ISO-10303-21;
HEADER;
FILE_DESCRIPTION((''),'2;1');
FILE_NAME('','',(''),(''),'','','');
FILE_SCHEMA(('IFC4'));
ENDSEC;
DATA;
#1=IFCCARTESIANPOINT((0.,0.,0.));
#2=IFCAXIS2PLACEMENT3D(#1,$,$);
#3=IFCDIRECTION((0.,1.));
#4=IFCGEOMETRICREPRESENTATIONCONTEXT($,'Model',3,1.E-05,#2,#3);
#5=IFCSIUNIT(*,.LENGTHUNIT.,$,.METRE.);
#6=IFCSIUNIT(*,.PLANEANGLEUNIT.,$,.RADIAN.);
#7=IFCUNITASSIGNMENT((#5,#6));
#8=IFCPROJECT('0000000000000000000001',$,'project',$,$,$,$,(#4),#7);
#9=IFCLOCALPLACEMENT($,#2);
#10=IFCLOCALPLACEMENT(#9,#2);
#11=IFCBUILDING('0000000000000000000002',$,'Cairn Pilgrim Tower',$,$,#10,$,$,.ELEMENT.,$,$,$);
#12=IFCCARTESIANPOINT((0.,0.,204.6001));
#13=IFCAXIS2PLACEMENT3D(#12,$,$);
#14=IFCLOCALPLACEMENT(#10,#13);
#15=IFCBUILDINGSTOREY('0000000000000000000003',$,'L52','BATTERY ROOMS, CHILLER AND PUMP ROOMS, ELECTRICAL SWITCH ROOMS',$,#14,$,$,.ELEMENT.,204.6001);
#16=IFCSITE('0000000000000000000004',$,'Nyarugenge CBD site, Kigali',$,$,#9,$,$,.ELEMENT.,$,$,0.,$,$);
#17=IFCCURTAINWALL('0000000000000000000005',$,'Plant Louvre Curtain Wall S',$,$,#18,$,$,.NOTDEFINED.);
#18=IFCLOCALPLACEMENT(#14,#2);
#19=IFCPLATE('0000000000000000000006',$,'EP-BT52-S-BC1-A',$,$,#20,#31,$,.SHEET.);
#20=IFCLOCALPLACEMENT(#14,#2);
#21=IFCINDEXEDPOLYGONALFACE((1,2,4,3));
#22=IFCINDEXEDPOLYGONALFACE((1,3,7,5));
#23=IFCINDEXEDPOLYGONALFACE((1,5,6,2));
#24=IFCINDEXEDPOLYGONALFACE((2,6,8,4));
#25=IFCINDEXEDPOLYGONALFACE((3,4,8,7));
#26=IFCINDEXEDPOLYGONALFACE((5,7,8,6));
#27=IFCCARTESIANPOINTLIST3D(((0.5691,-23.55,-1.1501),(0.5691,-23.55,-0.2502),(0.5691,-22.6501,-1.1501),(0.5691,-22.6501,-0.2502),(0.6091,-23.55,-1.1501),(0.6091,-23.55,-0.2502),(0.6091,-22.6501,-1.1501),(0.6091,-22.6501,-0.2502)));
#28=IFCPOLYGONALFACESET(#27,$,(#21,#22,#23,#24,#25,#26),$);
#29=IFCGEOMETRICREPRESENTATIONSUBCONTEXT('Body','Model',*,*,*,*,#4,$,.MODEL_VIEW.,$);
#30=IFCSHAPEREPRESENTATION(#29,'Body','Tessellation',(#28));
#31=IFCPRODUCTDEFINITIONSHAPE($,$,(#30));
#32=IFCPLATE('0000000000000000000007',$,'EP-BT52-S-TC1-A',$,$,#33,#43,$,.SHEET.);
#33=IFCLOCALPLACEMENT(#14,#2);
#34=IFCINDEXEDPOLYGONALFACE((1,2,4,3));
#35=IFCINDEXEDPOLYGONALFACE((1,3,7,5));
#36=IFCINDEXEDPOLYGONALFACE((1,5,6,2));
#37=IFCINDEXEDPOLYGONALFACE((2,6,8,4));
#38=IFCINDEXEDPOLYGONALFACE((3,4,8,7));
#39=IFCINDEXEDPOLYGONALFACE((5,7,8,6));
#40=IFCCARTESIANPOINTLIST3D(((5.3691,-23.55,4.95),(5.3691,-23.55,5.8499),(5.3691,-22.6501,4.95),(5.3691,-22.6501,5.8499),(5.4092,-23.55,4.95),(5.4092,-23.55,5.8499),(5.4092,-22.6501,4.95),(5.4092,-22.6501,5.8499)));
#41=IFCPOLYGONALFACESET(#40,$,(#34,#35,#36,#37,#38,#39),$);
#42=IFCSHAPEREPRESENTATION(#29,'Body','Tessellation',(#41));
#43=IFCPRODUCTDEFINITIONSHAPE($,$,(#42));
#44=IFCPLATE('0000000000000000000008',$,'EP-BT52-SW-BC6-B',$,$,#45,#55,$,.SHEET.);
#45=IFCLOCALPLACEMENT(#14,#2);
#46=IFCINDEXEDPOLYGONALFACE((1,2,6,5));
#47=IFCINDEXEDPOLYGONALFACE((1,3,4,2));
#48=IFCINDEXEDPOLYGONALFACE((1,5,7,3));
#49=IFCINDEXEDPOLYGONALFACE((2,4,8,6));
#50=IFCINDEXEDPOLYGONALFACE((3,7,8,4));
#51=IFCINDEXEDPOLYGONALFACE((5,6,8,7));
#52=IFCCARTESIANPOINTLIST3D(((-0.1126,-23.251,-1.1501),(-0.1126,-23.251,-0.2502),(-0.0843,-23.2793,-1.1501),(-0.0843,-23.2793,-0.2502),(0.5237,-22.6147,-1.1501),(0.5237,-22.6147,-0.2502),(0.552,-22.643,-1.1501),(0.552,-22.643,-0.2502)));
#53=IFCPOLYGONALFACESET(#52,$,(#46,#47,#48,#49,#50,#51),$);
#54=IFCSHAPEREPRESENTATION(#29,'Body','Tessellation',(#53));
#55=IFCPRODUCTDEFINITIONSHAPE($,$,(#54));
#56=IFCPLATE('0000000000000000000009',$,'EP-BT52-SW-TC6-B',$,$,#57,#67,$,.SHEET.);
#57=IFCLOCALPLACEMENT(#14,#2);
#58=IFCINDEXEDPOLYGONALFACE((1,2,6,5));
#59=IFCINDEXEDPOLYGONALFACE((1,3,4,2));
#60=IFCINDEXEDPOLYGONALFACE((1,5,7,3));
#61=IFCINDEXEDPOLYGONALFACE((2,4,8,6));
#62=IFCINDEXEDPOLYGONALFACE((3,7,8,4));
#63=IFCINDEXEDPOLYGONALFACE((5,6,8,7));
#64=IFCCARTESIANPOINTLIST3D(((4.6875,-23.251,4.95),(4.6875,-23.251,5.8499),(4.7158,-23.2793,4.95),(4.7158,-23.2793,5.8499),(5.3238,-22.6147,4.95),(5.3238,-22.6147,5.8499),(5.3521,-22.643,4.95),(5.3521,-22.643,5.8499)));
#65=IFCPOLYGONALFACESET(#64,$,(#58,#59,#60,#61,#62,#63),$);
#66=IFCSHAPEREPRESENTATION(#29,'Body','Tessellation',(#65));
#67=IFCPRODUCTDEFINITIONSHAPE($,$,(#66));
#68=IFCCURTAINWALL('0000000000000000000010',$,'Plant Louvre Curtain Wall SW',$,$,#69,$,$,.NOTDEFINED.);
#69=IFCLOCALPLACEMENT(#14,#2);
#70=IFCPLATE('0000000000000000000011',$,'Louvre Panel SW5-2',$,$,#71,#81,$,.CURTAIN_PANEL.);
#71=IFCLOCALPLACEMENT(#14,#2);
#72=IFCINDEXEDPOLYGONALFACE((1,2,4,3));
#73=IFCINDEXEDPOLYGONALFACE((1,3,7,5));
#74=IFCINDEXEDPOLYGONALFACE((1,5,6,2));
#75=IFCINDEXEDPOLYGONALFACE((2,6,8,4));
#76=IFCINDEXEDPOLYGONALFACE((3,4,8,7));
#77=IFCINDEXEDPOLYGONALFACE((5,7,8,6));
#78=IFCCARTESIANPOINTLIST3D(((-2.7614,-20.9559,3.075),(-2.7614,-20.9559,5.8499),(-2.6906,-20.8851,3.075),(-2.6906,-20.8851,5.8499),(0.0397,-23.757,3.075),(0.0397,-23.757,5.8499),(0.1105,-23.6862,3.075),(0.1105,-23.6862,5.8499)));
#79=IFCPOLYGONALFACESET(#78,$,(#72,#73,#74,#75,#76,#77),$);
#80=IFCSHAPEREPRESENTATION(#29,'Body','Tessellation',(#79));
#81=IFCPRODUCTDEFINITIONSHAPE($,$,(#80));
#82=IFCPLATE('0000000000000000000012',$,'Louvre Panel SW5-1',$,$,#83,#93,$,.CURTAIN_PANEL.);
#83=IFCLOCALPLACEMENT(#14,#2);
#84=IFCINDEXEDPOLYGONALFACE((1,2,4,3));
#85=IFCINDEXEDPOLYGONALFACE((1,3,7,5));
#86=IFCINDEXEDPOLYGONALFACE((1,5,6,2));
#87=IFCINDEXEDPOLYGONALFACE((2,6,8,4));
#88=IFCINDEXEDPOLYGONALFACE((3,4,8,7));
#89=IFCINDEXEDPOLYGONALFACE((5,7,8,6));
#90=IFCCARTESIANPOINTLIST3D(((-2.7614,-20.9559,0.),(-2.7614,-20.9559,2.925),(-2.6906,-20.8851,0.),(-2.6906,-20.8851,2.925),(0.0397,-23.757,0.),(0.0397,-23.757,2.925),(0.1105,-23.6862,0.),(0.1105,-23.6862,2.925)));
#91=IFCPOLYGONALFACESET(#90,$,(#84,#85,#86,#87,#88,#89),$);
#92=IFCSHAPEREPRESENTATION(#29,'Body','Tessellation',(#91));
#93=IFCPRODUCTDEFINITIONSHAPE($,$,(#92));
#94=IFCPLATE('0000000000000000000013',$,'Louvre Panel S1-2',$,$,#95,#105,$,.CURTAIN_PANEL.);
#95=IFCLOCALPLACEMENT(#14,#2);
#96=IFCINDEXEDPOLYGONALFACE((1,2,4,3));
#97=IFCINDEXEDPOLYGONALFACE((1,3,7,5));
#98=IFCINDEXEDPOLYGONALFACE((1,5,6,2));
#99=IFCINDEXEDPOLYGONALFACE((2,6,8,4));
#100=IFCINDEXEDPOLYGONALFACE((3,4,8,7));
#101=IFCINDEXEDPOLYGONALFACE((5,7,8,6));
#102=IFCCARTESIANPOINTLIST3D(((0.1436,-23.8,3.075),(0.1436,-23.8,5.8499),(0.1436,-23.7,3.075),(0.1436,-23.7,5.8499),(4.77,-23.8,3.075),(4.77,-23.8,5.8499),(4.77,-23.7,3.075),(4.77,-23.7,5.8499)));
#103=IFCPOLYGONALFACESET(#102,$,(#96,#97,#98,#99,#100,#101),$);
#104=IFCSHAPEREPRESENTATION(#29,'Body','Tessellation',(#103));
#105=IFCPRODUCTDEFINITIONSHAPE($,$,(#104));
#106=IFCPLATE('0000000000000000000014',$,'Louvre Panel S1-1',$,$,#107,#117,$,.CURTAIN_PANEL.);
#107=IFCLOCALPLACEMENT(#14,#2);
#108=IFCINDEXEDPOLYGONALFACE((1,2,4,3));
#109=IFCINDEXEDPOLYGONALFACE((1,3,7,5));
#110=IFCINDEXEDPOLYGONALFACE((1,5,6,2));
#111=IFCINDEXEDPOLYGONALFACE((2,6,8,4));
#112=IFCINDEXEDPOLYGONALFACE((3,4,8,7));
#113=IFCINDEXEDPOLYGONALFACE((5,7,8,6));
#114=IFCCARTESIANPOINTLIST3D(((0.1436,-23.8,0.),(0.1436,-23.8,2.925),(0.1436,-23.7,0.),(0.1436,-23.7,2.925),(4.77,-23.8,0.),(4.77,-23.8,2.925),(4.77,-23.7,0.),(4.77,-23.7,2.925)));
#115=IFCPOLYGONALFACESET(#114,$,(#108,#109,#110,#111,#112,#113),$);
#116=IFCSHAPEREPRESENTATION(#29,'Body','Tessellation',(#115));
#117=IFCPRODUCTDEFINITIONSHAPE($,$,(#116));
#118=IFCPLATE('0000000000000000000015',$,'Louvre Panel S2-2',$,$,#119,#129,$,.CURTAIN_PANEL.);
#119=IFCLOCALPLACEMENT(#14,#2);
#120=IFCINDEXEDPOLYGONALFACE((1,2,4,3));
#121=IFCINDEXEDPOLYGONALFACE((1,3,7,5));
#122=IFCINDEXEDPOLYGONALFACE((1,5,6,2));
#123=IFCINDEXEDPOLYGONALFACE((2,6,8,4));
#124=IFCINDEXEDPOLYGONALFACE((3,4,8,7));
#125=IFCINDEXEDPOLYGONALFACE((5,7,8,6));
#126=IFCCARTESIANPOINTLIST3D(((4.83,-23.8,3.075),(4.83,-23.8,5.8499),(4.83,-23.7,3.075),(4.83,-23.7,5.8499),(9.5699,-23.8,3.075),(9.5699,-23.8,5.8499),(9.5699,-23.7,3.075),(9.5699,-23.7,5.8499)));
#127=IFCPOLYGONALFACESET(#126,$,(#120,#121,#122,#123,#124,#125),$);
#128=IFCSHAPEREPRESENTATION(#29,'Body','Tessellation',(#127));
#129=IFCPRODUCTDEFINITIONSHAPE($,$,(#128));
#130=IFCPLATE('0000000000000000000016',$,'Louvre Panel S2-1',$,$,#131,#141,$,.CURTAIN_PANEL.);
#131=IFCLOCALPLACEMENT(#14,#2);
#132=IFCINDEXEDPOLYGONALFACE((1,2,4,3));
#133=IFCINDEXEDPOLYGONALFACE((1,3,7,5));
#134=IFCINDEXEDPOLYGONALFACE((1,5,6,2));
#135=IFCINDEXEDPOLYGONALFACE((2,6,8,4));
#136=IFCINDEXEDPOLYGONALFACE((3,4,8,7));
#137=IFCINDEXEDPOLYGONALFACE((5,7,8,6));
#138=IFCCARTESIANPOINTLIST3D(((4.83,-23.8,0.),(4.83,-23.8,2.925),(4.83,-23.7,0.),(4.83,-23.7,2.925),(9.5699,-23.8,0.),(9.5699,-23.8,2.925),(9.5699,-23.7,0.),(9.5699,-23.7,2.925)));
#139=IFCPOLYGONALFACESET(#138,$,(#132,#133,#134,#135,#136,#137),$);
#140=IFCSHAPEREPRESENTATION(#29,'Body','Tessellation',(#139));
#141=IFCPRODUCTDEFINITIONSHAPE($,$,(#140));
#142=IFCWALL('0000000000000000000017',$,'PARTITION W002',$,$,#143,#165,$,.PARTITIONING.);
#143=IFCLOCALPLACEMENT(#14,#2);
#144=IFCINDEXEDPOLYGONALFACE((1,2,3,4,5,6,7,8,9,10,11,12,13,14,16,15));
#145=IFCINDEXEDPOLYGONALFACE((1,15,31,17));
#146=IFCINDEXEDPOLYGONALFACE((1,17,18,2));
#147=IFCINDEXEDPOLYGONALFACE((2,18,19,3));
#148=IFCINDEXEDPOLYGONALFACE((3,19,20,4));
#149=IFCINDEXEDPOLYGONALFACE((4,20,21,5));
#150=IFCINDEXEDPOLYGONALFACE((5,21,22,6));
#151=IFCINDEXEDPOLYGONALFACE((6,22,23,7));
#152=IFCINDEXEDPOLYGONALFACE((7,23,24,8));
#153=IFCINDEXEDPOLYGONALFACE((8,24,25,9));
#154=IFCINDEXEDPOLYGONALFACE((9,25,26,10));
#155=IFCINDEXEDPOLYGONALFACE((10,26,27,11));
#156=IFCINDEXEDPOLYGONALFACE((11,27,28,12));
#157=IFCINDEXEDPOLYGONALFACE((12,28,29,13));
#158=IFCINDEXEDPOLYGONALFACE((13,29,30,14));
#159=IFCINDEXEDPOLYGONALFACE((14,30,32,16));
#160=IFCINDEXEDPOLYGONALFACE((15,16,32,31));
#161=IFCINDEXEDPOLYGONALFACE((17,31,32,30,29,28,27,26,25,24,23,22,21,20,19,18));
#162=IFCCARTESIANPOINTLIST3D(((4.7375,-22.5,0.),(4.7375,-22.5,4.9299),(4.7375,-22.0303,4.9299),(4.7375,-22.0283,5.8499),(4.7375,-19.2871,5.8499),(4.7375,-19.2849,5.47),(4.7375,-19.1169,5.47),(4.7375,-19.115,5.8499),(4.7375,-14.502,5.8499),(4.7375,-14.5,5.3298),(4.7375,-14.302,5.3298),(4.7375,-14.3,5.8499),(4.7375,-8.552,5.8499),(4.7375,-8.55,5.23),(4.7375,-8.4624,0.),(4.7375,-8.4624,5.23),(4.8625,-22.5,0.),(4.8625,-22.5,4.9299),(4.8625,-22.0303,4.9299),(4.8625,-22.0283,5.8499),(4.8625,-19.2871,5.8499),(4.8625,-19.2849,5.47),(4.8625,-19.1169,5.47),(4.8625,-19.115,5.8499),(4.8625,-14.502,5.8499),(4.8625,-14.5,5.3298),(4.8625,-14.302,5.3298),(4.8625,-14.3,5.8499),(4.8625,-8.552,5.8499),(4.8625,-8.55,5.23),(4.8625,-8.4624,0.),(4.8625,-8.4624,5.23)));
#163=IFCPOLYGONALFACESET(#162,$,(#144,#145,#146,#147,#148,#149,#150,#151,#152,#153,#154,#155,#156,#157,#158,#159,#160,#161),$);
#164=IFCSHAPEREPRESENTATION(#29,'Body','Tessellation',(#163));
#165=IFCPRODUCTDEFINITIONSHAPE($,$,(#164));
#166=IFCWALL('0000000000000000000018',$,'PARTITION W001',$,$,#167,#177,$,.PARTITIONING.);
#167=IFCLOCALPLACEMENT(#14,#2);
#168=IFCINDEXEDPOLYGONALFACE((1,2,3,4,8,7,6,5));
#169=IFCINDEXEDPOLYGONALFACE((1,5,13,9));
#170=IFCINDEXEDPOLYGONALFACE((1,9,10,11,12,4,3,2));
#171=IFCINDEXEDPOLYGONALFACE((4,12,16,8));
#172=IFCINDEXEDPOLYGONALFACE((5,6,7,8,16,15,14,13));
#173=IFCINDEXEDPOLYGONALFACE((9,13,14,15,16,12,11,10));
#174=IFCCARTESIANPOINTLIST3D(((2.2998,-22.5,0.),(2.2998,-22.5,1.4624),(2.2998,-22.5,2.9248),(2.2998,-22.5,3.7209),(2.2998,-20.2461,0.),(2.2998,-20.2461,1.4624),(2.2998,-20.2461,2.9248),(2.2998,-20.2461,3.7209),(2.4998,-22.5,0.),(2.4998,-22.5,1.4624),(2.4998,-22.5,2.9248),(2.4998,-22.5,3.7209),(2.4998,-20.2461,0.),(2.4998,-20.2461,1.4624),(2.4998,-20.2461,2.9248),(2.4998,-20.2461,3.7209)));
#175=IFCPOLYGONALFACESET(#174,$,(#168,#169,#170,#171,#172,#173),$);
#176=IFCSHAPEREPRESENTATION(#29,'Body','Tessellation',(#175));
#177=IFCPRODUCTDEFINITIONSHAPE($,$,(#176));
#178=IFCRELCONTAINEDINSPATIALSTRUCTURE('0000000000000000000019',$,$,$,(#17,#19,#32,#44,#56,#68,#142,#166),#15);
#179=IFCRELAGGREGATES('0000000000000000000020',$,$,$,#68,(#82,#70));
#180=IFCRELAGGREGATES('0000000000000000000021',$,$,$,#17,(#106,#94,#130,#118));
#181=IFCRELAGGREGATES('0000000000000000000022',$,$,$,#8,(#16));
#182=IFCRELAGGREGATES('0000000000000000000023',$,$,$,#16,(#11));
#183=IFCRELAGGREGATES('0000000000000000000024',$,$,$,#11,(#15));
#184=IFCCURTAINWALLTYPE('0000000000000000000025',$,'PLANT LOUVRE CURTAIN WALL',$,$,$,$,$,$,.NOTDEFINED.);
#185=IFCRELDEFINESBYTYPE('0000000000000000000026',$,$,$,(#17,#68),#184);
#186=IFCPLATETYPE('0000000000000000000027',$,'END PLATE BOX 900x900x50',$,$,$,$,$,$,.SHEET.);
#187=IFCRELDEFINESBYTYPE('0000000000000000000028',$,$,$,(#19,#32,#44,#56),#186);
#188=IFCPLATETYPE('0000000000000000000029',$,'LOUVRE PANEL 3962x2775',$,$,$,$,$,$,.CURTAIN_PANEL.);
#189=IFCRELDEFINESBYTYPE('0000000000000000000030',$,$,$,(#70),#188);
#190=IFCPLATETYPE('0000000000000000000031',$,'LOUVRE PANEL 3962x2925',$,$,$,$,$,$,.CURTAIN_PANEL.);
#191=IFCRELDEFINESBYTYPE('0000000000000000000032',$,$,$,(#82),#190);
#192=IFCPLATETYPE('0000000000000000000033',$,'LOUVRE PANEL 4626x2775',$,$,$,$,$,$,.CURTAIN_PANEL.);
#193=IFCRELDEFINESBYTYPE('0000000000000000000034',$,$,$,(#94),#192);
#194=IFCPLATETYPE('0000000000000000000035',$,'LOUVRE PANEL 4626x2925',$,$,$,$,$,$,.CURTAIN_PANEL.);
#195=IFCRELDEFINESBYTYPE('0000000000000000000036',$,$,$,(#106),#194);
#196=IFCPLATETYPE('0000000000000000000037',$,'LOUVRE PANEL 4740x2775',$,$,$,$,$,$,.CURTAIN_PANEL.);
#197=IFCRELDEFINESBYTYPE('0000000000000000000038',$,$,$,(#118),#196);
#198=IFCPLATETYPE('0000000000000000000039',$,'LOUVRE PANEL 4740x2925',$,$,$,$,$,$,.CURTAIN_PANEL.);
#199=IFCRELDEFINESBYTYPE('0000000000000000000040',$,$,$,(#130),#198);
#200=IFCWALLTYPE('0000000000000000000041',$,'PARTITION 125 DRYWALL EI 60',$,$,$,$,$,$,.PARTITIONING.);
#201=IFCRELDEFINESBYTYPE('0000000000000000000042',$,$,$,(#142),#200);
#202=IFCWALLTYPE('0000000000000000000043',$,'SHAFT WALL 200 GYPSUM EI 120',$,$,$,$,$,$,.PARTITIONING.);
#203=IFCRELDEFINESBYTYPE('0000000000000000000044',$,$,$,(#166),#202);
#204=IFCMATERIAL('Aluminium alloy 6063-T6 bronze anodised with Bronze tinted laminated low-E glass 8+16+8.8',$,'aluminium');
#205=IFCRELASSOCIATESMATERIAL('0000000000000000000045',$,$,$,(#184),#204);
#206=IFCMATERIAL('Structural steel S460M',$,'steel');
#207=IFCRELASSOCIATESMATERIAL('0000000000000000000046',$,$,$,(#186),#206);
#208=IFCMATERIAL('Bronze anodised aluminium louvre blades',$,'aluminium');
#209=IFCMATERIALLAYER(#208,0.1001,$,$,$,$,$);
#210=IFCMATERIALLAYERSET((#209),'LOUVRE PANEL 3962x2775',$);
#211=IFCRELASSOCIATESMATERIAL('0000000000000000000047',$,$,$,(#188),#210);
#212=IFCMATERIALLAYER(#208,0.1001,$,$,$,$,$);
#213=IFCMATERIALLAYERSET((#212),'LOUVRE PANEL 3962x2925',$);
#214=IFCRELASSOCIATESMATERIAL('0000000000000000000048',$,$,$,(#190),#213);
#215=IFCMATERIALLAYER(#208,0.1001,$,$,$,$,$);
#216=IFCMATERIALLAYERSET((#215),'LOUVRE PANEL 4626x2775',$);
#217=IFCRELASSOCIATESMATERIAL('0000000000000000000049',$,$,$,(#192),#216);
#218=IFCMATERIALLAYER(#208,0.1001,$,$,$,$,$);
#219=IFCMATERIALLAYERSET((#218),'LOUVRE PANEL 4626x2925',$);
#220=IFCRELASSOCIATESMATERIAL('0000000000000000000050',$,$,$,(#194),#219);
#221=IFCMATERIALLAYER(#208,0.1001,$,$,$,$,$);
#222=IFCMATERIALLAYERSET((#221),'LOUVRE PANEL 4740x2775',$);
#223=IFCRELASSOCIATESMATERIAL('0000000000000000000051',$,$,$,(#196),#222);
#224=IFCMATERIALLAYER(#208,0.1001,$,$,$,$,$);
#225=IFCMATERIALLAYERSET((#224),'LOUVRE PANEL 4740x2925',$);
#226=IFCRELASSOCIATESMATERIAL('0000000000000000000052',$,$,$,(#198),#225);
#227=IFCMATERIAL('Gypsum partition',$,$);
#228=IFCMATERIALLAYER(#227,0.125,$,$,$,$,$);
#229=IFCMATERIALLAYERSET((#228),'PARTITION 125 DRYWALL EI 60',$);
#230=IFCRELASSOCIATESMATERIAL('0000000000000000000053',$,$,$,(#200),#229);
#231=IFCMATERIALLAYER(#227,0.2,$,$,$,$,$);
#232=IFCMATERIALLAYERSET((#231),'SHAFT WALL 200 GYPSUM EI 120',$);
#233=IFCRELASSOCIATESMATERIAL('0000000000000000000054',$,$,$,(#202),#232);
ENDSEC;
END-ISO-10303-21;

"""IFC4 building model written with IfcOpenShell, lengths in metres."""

from ifc_helpers import new_model, si_unit, direction, frame, origin, origin_2d, place, context, subcontext, project, spatial, polyline, rectangle, outline, extrude, material, layer, layer_set, material_profile, profile_set, type_object, element, aggregate, save


model = new_model("IFC4")

# Units and contexts
model_context = context("Model", 3, precision=1e-05, world=origin(), true_north=direction((0.0, 1.0)))
body_context = subcontext(model_context, "Body", "Model", "MODEL_VIEW")
ifc_project = project(units=[si_unit("LENGTHUNIT", "METRE"), si_unit("PLANEANGLEUNIT", "RADIAN")], contexts=[model_context])

# Site, building, storey
site_placement = place(None, origin())
site = spatial("IfcSite", under=ifc_project, at=site_placement, Name="Nyarugenge CBD site, Kigali", CompositionType="ELEMENT", RefElevation=0.0)
building_placement = place(site_placement, origin())
building = spatial("IfcBuilding", under=site, at=building_placement, Name="Cairn Pilgrim Tower", CompositionType="ELEMENT")
storey_placement = place(building_placement, frame((0.0, 0.0, 204.6001)))
storey = spatial("IfcBuildingStorey", under=building, at=storey_placement, Name="L52", Description="BATTERY ROOMS, CHILLER AND PUMP ROOMS, ELECTRICAL SWITCH ROOMS", CompositionType="ELEMENT", Elevation=204.6001)

# Shared definitions
ifc_material_1 = material(Name="Structural steel S460M", Category="steel")

# Curtain wall
ifc_material_2 = material(Name="Aluminium alloy 6063-T6 bronze anodised with Bronze tinted laminated low-E glass 8+16+8.8", Category="aluminium")
curtain_wall_type = type_object("IfcCurtainWallType", Name="PLANT LOUVRE CURTAIN WALL", PredefinedType="NOTDEFINED", material=ifc_material_2)
curtain_wall_1_placement = place(storey_placement, origin())
curtain_wall_1 = element("IfcCurtainWall", 1, at=curtain_wall_1_placement, inside=storey, type_object=curtain_wall_type, Name="Plant Louvre Curtain Wall S", PredefinedType="NOTDEFINED")

# Plates
ifc_material_profile_1 = material_profile(ifc_material_1, rectangle(XDim=0.8999, YDim=0.8999, at=origin_2d()), Name="END PLATE BOX 900x900x50")
ifc_profile_set_1 = profile_set([ifc_material_profile_1], Name="Structural steel S460M")
plate_type_1 = type_object("IfcPlateType", Name="END PLATE BOX 900x900x50", PredefinedType="SHEET", material=ifc_profile_set_1)
for number, where, z_axis, x_axis, name in (
    (2, (0.6091, -23.1001, -0.7002), (-1.0, 0.0, 0.0), (0.0, -1.0, 0.0), "EP-BT52-S-BC1-A"),
    (3, (5.4092, -23.1001, 5.3999), (-1.0, 0.0, 0.0), (0.0, -1.0, 0.0), "EP-BT52-S-TC1-A"),
    (4, (0.2056, -22.9329, -0.7002), (0.707107, -0.707107, 0.0), (0.707107, 0.707107, 0.0), "EP-BT52-SW-BC6-B"),
    (5, (5.0056, -22.9329, 5.3999), (0.707107, -0.707107, 0.0), (0.707107, 0.707107, 0.0), "EP-BT52-SW-TC6-B"),
):
    element("IfcPlate", number, at=place(storey_placement, frame(where, z_axis=z_axis, x_axis=x_axis)), inside=storey, type_object=plate_type_1, Name=name, PredefinedType="SHEET", context=body_context, shape_type="SweptSolid", body=[
        extrude(rectangle(XDim=0.8999, YDim=0.8999, at=origin_2d()), origin(), (0.0, 0.0, 1.0), 0.04),
    ])

# Curtain wall, plates
curtain_wall_2_placement = place(storey_placement, origin())
curtain_wall_2 = element("IfcCurtainWall", 6, at=curtain_wall_2_placement, inside=storey, type_object=curtain_wall_type, Name="Plant Louvre Curtain Wall SW", PredefinedType="NOTDEFINED")
ifc_material_3 = material(Name="Bronze anodised aluminium louvre blades", Category="aluminium")
ifc_layer_1 = layer(ifc_material_3, 0.1001)
ifc_layer_set_1 = layer_set([ifc_layer_1], Name="LOUVRE PANEL 3962x2775")
plate_type_2 = type_object("IfcPlateType", Name="LOUVRE PANEL 3962x2775", PredefinedType="CURTAIN_PANEL", material=ifc_layer_set_1)
plate_1_placement = place(storey_placement, frame((-1.3254, -22.321, 3.075), z_axis=(0.0, 0.0, 1.0), x_axis=(0.707107, -0.707107, 0.0)))
plate_1 = element("IfcPlate", 7, at=plate_1_placement, type_object=plate_type_2, Name="Louvre Panel SW5-2", PredefinedType="CURTAIN_PANEL", context=body_context, shape_type="SweptSolid", body=[
    extrude(rectangle(XDim=3.9614, YDim=0.1001, at=origin_2d()), origin(), (0.0, 0.0, 1.0), 2.7749),
])
ifc_layer_2 = layer(ifc_material_3, 0.1001)
ifc_layer_set_2 = layer_set([ifc_layer_2], Name="LOUVRE PANEL 3962x2925")
plate_type_3 = type_object("IfcPlateType", Name="LOUVRE PANEL 3962x2925", PredefinedType="CURTAIN_PANEL", material=ifc_layer_set_2)
plate_2_placement = place(storey_placement, frame((-1.3254, -22.321, 0.0), z_axis=(0.0, 0.0, 1.0), x_axis=(0.707107, -0.707107, 0.0)))
plate_2 = element("IfcPlate", 8, at=plate_2_placement, type_object=plate_type_3, Name="Louvre Panel SW5-1", PredefinedType="CURTAIN_PANEL", context=body_context, shape_type="SweptSolid", body=[
    extrude(rectangle(XDim=3.9614, YDim=0.1001, at=origin_2d()), origin(), (0.0, 0.0, 1.0), 2.925),
])
aggregate(curtain_wall_2, [plate_2, plate_1])

# Plates
ifc_layer_3 = layer(ifc_material_3, 0.1001)
ifc_layer_set_3 = layer_set([ifc_layer_3], Name="LOUVRE PANEL 4626x2775")
plate_type_4 = type_object("IfcPlateType", Name="LOUVRE PANEL 4626x2775", PredefinedType="CURTAIN_PANEL", material=ifc_layer_set_3)
plate_3_placement = place(storey_placement, frame((2.4568, -23.75, 3.075), z_axis=(0.0, 0.0, 1.0), x_axis=(1.0, 0.0, 0.0)))
plate_3 = element("IfcPlate", 9, at=plate_3_placement, type_object=plate_type_4, Name="Louvre Panel S1-2", PredefinedType="CURTAIN_PANEL", context=body_context, shape_type="SweptSolid", body=[
    extrude(rectangle(XDim=4.6265, YDim=0.1001, at=origin_2d()), origin(), (0.0, 0.0, 1.0), 2.7749),
])
ifc_layer_4 = layer(ifc_material_3, 0.1001)
ifc_layer_set_4 = layer_set([ifc_layer_4], Name="LOUVRE PANEL 4626x2925")
plate_type_5 = type_object("IfcPlateType", Name="LOUVRE PANEL 4626x2925", PredefinedType="CURTAIN_PANEL", material=ifc_layer_set_4)
plate_4_placement = place(storey_placement, frame((2.4568, -23.75, 0.0), z_axis=(0.0, 0.0, 1.0), x_axis=(1.0, 0.0, 0.0)))
plate_4 = element("IfcPlate", 10, at=plate_4_placement, type_object=plate_type_5, Name="Louvre Panel S1-1", PredefinedType="CURTAIN_PANEL", context=body_context, shape_type="SweptSolid", body=[
    extrude(rectangle(XDim=4.6265, YDim=0.1001, at=origin_2d()), origin(), (0.0, 0.0, 1.0), 2.925),
])
ifc_layer_5 = layer(ifc_material_3, 0.1001)
ifc_layer_set_5 = layer_set([ifc_layer_5], Name="LOUVRE PANEL 4740x2775")
plate_type_6 = type_object("IfcPlateType", Name="LOUVRE PANEL 4740x2775", PredefinedType="CURTAIN_PANEL", material=ifc_layer_set_5)
plate_5_placement = place(storey_placement, frame((7.2, -23.75, 3.075), z_axis=(0.0, 0.0, 1.0), x_axis=(1.0, 0.0, 0.0)))
plate_5 = element("IfcPlate", 11, at=plate_5_placement, type_object=plate_type_6, Name="Louvre Panel S2-2", PredefinedType="CURTAIN_PANEL", context=body_context, shape_type="SweptSolid", body=[
    extrude(rectangle(XDim=4.74, YDim=0.1001, at=origin_2d()), origin(), (0.0, 0.0, 1.0), 2.7749),
])
ifc_layer_6 = layer(ifc_material_3, 0.1001)
ifc_layer_set_6 = layer_set([ifc_layer_6], Name="LOUVRE PANEL 4740x2925")
plate_type_7 = type_object("IfcPlateType", Name="LOUVRE PANEL 4740x2925", PredefinedType="CURTAIN_PANEL", material=ifc_layer_set_6)
plate_6_placement = place(storey_placement, frame((7.2, -23.75, 0.0), z_axis=(0.0, 0.0, 1.0), x_axis=(1.0, 0.0, 0.0)))
plate_6 = element("IfcPlate", 12, at=plate_6_placement, type_object=plate_type_7, Name="Louvre Panel S2-1", PredefinedType="CURTAIN_PANEL", context=body_context, shape_type="SweptSolid", body=[
    extrude(rectangle(XDim=4.74, YDim=0.1001, at=origin_2d()), origin(), (0.0, 0.0, 1.0), 2.925),
])
aggregate(curtain_wall_1, [plate_4, plate_3, plate_6, plate_5])

# Walls
ifc_material_4 = material(Name="Gypsum partition")
ifc_layer_7 = layer(ifc_material_4, 0.125)
ifc_layer_set_7 = layer_set([ifc_layer_7], Name="PARTITION 125 DRYWALL EI 60")
wall_type_1 = type_object("IfcWallType", Name="PARTITION 125 DRYWALL EI 60", PredefinedType="PARTITIONING", material=ifc_layer_set_7)
wall_1_placement = place(storey_placement, frame((4.8, -22.5, 0.0), z_axis=(0.0, 0.0, 1.0), x_axis=(0.0, 1.0, 0.0)))
element("IfcWall", 13, at=wall_1_placement, inside=storey, type_object=wall_type_1, Name="PARTITION W002", PredefinedType="PARTITIONING", context=body_context, shape_type="SweptSolid", body=[
    extrude(outline(polyline([(0.0, 0.0), (14.0376, 0.0), (14.0376, 5.23), (13.95, 5.23), (13.948, 5.8499), (8.2, 5.8499), (8.198, 5.3298), (8.0, 5.3298), (7.998, 5.8499), (3.385, 5.8499), (3.3831, 5.47), (3.2151, 5.47), (3.2129, 5.8499), (0.4717, 5.8499), (0.4697, 4.9299), (0.0, 4.9299), (0.0, 0.0)])), frame((0.0, 0.0625, 0.0), z_axis=(0.0, -1.0, 0.0), x_axis=(1.0, 0.0, 0.0)), (0.0, 0.0, 1.0), 0.125),
])
ifc_layer_8 = layer(ifc_material_4, 0.2)
ifc_layer_set_8 = layer_set([ifc_layer_8], Name="SHAFT WALL 200 GYPSUM EI 120")
wall_type_2 = type_object("IfcWallType", Name="SHAFT WALL 200 GYPSUM EI 120", PredefinedType="PARTITIONING", material=ifc_layer_set_8)
wall_2_placement = place(storey_placement, frame((2.3999, -22.5, 0.0), z_axis=(0.0, 0.0, 1.0), x_axis=(0.0, 1.0, 0.0)))
element("IfcWall", 14, at=wall_2_placement, inside=storey, type_object=wall_type_2, Name="PARTITION W001", PredefinedType="PARTITIONING", context=body_context, shape_type="SweptSolid", body=[
    extrude(outline(polyline([(0.0, 0.0), (2.2539, 0.0), (2.2539, 1.4624), (2.2539, 2.9248), (2.2539, 3.7209), (0.0, 3.7209), (0.0, 2.9248), (0.0, 1.4624), (0.0, 0.0)])), frame((0.0, 0.1001, 0.0), z_axis=(0.0, -1.0, 0.0), x_axis=(1.0, 0.0, 0.0)), (0.0, 0.0, 1.0), 0.2),
])

save(model, "model.ifc")
